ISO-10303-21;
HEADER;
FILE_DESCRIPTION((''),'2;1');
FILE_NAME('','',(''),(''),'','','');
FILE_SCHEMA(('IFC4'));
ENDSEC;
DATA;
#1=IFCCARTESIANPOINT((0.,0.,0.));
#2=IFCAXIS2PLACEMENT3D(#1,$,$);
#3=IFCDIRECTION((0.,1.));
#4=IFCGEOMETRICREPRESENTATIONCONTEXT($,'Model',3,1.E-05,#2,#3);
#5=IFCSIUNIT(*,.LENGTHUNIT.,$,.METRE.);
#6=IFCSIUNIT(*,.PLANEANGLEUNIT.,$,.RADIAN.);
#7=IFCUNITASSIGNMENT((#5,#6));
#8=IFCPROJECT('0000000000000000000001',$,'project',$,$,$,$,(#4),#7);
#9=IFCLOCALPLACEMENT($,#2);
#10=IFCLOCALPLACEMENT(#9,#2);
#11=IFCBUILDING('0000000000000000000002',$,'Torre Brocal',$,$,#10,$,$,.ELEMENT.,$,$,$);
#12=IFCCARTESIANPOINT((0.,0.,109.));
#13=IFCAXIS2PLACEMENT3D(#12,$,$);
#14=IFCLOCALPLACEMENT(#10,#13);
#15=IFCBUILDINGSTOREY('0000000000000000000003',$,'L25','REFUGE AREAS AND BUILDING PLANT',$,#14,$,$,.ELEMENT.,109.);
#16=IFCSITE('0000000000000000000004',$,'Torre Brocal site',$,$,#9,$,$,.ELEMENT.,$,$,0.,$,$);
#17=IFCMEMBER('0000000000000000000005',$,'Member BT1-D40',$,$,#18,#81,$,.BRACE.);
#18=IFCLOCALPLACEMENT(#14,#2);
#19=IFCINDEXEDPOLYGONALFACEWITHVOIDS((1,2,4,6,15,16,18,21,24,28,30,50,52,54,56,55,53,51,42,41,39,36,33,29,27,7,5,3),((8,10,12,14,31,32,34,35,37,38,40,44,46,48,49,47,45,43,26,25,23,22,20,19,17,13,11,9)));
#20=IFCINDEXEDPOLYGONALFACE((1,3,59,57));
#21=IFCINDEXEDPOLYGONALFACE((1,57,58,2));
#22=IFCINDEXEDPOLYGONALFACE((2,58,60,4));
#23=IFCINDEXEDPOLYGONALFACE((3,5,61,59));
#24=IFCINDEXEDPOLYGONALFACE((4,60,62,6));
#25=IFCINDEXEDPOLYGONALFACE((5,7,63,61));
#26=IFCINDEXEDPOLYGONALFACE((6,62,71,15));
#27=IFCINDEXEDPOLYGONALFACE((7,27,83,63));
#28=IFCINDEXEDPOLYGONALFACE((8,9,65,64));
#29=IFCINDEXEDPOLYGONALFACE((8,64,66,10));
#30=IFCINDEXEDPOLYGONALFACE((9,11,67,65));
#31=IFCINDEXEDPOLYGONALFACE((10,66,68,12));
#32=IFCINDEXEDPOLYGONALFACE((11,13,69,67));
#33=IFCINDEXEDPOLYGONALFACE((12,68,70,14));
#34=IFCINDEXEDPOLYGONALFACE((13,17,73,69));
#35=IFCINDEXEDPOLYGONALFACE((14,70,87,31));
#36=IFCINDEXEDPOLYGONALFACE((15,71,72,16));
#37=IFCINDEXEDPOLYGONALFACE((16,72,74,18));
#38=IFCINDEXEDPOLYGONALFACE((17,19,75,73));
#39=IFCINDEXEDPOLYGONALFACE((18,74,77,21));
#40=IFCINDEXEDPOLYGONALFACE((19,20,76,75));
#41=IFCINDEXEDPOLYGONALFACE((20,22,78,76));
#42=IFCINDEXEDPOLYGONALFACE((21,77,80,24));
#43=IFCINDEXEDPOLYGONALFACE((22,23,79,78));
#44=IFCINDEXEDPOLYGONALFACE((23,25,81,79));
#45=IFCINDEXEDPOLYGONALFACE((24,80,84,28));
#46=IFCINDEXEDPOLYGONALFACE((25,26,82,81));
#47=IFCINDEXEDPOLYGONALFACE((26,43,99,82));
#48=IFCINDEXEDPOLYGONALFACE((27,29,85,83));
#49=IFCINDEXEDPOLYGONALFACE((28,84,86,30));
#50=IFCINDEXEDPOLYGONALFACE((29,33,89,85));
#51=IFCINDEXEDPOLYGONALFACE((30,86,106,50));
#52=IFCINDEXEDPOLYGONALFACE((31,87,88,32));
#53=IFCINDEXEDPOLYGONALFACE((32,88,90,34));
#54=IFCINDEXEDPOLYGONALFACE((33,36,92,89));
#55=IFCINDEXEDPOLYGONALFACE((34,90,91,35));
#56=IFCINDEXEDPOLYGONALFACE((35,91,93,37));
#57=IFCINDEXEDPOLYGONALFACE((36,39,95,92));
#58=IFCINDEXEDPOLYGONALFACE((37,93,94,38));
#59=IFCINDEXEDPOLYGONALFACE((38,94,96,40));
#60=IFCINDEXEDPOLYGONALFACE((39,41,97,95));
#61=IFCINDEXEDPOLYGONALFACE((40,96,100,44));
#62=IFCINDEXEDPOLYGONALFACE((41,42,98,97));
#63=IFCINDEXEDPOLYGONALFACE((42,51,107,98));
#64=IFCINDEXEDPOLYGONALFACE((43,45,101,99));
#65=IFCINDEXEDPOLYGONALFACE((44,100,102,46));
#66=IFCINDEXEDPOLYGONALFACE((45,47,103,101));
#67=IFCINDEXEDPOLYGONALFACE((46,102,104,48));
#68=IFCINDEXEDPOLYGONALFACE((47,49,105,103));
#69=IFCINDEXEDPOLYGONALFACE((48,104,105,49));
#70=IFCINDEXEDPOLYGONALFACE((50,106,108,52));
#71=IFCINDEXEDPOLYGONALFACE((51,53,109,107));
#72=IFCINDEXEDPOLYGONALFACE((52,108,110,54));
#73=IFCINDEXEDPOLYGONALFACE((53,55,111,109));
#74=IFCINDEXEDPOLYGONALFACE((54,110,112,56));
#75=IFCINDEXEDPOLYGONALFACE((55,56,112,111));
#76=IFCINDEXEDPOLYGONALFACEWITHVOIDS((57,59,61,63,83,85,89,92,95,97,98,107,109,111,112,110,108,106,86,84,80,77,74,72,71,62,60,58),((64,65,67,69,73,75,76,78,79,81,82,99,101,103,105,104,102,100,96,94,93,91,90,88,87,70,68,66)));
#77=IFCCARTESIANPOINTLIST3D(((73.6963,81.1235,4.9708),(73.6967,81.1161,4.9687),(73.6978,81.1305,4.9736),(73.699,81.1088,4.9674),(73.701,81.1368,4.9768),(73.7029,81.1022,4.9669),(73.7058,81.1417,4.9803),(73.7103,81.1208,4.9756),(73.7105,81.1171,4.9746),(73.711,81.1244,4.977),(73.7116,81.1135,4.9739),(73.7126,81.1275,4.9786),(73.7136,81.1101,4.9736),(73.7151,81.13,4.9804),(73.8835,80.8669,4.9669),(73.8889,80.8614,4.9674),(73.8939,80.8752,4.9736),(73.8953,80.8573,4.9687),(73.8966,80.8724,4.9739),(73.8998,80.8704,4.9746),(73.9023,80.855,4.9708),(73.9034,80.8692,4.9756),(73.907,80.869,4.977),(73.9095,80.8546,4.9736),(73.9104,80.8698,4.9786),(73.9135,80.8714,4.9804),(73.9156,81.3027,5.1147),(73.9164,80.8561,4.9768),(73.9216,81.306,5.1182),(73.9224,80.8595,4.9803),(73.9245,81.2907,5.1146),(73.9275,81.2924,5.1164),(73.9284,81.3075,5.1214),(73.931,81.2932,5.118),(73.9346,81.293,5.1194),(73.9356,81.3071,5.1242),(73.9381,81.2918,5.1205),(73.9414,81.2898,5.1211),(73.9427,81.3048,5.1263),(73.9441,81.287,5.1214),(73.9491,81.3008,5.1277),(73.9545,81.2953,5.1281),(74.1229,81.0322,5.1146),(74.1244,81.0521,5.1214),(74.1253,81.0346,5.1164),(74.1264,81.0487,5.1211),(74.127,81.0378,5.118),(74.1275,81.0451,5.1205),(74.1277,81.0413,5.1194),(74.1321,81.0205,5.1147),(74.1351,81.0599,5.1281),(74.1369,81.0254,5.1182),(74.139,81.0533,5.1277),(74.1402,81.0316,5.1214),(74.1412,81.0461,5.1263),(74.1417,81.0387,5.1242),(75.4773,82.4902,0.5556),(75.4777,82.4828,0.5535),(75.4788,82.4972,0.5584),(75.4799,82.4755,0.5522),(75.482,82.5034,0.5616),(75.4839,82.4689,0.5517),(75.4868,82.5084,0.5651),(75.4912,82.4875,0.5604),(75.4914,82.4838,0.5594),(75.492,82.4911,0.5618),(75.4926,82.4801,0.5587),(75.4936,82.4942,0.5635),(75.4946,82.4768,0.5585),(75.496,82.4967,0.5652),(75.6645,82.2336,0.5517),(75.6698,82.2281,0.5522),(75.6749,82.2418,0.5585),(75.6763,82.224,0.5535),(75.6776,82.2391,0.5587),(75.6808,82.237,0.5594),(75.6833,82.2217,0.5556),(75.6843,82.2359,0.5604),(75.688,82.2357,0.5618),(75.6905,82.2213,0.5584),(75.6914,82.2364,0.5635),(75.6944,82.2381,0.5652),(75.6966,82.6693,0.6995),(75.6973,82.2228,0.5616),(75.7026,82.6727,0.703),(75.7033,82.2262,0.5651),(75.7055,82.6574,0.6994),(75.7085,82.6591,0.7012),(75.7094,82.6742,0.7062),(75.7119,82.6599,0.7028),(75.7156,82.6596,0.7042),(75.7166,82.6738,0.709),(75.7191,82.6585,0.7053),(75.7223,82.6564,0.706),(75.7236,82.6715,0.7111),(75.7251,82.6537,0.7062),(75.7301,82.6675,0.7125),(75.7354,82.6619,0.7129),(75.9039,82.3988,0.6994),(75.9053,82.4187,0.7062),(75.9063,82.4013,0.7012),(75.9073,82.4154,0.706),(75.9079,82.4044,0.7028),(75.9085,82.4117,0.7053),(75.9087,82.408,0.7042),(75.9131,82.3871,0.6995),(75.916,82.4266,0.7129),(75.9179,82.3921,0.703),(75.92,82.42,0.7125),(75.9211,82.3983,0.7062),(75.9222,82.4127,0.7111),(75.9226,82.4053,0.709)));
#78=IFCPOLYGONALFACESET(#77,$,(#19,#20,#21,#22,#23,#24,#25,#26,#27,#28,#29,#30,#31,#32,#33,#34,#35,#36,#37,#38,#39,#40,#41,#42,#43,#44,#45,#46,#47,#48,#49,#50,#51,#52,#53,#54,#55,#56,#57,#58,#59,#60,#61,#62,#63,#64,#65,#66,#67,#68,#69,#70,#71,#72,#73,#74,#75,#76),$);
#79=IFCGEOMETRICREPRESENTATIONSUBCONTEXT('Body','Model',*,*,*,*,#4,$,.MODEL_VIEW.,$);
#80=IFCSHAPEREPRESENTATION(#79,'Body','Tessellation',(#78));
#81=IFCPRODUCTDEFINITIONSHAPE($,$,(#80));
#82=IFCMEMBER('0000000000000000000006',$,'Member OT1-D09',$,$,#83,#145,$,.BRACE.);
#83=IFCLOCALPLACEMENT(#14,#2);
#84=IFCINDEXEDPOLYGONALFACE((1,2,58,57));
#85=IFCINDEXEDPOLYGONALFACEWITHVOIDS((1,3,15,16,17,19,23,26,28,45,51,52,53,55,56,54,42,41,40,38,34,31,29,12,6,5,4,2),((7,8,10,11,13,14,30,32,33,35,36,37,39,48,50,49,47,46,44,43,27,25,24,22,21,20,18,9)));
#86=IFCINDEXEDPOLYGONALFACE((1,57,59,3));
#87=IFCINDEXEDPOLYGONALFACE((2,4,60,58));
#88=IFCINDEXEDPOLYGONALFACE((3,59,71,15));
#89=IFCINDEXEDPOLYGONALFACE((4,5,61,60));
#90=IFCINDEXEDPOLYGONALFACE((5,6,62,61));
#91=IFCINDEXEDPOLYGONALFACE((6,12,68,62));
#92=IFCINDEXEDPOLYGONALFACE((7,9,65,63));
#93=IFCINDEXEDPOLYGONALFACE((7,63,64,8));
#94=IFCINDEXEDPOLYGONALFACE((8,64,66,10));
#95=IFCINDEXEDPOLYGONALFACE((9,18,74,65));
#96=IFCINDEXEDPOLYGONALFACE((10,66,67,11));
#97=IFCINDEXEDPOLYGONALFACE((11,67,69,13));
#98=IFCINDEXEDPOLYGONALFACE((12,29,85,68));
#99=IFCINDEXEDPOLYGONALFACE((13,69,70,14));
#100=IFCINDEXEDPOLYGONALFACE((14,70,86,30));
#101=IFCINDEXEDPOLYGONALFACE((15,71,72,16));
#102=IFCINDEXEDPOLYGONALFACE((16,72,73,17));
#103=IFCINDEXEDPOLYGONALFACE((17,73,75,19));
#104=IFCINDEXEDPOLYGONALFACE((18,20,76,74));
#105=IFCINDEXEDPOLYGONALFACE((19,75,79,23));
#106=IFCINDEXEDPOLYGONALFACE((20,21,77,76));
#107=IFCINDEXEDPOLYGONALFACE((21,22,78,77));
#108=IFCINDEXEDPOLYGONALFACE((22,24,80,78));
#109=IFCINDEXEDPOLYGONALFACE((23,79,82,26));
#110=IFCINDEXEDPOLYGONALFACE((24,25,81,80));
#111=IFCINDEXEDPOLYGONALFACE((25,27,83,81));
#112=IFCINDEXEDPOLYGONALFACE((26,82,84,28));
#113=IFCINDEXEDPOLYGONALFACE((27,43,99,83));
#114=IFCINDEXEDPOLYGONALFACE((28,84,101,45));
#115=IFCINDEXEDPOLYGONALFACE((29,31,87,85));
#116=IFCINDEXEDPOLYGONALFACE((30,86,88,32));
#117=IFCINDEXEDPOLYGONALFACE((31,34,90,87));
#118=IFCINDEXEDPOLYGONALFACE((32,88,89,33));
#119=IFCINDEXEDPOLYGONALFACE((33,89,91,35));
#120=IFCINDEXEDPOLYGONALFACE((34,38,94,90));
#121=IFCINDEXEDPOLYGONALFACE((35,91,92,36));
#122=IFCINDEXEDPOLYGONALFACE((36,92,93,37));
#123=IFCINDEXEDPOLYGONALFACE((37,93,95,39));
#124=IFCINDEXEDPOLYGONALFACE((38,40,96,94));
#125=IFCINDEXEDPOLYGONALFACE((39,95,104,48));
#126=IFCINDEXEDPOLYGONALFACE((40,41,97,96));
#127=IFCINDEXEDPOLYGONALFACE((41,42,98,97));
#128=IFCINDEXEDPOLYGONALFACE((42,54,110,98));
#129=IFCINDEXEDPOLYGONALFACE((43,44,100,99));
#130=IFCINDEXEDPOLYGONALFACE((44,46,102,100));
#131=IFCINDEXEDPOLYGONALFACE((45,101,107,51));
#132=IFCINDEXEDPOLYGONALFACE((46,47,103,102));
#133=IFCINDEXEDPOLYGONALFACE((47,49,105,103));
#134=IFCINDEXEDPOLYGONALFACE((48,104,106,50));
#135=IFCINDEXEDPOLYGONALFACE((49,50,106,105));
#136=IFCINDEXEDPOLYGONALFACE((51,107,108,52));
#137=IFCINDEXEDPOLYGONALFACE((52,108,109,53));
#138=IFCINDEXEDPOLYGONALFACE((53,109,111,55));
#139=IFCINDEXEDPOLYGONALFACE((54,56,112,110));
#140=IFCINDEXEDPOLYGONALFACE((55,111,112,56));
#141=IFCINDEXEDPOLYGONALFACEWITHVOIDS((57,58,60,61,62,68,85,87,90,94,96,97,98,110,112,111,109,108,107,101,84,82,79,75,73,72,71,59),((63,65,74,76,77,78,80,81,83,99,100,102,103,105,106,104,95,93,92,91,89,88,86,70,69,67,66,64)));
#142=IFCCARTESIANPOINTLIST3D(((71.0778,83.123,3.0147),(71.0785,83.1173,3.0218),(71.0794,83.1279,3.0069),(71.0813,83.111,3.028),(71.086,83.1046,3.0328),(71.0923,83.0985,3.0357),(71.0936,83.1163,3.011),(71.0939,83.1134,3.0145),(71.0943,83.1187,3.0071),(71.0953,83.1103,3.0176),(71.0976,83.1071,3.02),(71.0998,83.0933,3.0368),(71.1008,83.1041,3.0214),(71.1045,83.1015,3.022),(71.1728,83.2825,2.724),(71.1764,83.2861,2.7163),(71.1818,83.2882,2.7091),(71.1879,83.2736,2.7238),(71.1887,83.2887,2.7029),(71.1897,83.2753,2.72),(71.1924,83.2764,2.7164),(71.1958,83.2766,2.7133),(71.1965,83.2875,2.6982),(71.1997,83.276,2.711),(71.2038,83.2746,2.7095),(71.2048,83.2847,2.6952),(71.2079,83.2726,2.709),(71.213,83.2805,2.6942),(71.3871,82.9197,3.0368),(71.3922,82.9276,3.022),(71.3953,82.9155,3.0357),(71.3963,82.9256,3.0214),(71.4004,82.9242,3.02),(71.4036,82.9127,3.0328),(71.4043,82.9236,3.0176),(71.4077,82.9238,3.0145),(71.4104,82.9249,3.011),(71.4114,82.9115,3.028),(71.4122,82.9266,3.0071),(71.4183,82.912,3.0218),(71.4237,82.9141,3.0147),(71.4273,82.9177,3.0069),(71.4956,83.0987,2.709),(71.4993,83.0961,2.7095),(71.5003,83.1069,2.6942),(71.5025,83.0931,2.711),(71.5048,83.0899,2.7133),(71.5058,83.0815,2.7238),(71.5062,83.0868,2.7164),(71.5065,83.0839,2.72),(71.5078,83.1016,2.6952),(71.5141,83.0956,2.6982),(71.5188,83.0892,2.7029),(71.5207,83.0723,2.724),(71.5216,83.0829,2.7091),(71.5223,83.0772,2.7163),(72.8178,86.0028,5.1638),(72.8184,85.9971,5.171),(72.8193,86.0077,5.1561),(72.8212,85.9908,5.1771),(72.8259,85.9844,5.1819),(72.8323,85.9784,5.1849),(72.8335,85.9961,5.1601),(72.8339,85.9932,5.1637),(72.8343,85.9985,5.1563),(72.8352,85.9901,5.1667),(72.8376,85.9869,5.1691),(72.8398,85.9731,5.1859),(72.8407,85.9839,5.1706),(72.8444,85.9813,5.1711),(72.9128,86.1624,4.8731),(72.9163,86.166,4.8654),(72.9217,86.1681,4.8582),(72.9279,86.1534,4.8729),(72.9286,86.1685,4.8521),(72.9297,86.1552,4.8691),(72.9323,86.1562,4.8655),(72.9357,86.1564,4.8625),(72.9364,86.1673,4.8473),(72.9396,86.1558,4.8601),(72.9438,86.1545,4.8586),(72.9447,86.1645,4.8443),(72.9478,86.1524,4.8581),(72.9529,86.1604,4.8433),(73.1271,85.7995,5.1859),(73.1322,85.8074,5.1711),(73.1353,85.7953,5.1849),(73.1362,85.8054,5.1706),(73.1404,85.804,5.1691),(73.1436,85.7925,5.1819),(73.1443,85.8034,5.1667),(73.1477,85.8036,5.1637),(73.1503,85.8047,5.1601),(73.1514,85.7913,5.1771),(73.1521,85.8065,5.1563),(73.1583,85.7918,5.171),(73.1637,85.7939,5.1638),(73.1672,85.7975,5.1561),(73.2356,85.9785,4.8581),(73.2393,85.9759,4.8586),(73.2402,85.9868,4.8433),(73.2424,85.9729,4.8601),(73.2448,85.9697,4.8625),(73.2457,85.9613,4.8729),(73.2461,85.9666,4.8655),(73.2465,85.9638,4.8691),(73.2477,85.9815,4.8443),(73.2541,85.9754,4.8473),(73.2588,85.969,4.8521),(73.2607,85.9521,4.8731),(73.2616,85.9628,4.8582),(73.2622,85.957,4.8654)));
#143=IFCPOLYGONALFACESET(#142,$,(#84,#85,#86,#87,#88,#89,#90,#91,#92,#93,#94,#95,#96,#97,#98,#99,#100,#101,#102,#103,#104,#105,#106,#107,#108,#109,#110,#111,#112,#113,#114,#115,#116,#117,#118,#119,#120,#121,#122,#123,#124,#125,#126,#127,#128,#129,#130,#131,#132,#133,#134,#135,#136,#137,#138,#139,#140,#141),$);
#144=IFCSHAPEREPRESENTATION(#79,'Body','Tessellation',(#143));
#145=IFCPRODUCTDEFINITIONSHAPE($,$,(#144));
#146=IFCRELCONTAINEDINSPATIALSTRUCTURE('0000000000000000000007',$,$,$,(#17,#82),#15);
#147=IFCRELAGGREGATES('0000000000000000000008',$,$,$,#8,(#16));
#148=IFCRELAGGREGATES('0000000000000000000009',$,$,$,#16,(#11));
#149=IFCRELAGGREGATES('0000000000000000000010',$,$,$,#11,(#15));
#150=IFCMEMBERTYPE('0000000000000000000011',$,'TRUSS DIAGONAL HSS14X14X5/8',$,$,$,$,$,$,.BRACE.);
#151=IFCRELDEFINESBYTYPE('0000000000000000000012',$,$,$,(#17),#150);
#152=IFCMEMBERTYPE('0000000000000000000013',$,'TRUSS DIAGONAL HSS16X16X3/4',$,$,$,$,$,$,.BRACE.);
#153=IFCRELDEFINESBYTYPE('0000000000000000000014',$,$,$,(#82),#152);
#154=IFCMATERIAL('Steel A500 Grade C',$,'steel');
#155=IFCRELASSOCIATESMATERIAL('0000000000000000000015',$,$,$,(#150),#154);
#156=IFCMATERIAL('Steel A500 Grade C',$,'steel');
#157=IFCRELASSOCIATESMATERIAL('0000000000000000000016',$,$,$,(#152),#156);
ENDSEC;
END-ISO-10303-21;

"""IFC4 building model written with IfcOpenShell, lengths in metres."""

from ifc_helpers import new_model, si_unit, direction, frame, origin, origin_2d, place, context, subcontext, project, spatial, hollow_rectangle, extrude, material, material_profile, profile_set, type_object, element, save


model = new_model("IFC4")

# Units and contexts
model_context = context("Model", 3, precision=1e-05, world=origin(), true_north=direction((0.0, 1.0)))
body_context = subcontext(model_context, "Body", "Model", "MODEL_VIEW")
ifc_project = project(units=[si_unit("LENGTHUNIT", "METRE"), si_unit("PLANEANGLEUNIT", "RADIAN")], contexts=[model_context])

# Site, building, storey
site_placement = place(None, origin())
site = spatial("IfcSite", under=ifc_project, at=site_placement, Name="Torre Brocal site", CompositionType="ELEMENT", RefElevation=0.0)
building_placement = place(site_placement, origin())
building = spatial("IfcBuilding", under=site, at=building_placement, Name="Torre Brocal", CompositionType="ELEMENT")
storey_placement = place(building_placement, frame((0.0, 0.0, 109.0)))
storey = spatial("IfcBuildingStorey", under=building, at=storey_placement, Name="L25", Description="REFUGE AREAS AND BUILDING PLANT", CompositionType="ELEMENT", Elevation=109.0)

# Members
ifc_material_1 = material(Name="Steel A500 Grade C", Category="steel")
ifc_material_profile_1 = material_profile(ifc_material_1, hollow_rectangle(XDim=0.3557, YDim=0.3557, WallThickness=0.0149, InnerFilletRadius=0.0149, OuterFilletRadius=0.0295, at=origin_2d()), Name="HSS14X14X5/8")
ifc_profile_set_1 = profile_set([ifc_material_profile_1], Name="Steel A500 Grade C")
member_type_1 = type_object("IfcMemberType", Name="TRUSS DIAGONAL HSS14X14X5/8", PredefinedType="BRACE", material=ifc_profile_set_1)
member_1_placement = place(storey_placement, frame((75.7, 82.4478, 0.6323), z_axis=(-0.359564, -0.27592, 0.891393), x_axis=(0.608785, -0.793335, 0.0)))
element("IfcMember", 1, at=member_1_placement, inside=storey, type_object=member_type_1, Name="Member BT1-D40", PredefinedType="BRACE", context=body_context, shape_type="SweptSolid", body=[
    extrude(hollow_rectangle(XDim=0.3557, YDim=0.3557, WallThickness=0.0149, InnerFilletRadius=0.0149, OuterFilletRadius=0.0295, at=origin_2d()), origin(), (0.0, 0.0, 1.0), 4.9531),
])
ifc_material_2 = material(Name="Steel A500 Grade C", Category="steel")
ifc_material_profile_2 = material_profile(ifc_material_2, hollow_rectangle(XDim=0.4065, YDim=0.4065, WallThickness=0.0176, InnerFilletRadius=0.0176, OuterFilletRadius=0.0354, at=origin_2d()), Name="HSS16X16X3/4")
ifc_profile_set_2 = profile_set([ifc_material_profile_2], Name="Steel A500 Grade C")
member_type_2 = type_object("IfcMemberType", Name="TRUSS DIAGONAL HSS16X16X3/4", PredefinedType="BRACE", material=ifc_profile_set_2)
member_2_placement = place(storey_placement, frame((71.3, 83.1001, 2.8655), z_axis=(0.435812, 0.721319, 0.538299), x_axis=(-0.855908, 0.517129, 0.0)))
element("IfcMember", 2, at=member_2_placement, inside=storey, type_object=member_type_2, Name="Member OT1-D09", PredefinedType="BRACE", context=body_context, shape_type="SweptSolid", body=[
    extrude(hollow_rectangle(XDim=0.4065, YDim=0.4065, WallThickness=0.0176, InnerFilletRadius=0.0176, OuterFilletRadius=0.0354, at=origin_2d()), origin(), (0.0, 0.0, 1.0), 3.9924),
])

save(model, "model.ifc")
